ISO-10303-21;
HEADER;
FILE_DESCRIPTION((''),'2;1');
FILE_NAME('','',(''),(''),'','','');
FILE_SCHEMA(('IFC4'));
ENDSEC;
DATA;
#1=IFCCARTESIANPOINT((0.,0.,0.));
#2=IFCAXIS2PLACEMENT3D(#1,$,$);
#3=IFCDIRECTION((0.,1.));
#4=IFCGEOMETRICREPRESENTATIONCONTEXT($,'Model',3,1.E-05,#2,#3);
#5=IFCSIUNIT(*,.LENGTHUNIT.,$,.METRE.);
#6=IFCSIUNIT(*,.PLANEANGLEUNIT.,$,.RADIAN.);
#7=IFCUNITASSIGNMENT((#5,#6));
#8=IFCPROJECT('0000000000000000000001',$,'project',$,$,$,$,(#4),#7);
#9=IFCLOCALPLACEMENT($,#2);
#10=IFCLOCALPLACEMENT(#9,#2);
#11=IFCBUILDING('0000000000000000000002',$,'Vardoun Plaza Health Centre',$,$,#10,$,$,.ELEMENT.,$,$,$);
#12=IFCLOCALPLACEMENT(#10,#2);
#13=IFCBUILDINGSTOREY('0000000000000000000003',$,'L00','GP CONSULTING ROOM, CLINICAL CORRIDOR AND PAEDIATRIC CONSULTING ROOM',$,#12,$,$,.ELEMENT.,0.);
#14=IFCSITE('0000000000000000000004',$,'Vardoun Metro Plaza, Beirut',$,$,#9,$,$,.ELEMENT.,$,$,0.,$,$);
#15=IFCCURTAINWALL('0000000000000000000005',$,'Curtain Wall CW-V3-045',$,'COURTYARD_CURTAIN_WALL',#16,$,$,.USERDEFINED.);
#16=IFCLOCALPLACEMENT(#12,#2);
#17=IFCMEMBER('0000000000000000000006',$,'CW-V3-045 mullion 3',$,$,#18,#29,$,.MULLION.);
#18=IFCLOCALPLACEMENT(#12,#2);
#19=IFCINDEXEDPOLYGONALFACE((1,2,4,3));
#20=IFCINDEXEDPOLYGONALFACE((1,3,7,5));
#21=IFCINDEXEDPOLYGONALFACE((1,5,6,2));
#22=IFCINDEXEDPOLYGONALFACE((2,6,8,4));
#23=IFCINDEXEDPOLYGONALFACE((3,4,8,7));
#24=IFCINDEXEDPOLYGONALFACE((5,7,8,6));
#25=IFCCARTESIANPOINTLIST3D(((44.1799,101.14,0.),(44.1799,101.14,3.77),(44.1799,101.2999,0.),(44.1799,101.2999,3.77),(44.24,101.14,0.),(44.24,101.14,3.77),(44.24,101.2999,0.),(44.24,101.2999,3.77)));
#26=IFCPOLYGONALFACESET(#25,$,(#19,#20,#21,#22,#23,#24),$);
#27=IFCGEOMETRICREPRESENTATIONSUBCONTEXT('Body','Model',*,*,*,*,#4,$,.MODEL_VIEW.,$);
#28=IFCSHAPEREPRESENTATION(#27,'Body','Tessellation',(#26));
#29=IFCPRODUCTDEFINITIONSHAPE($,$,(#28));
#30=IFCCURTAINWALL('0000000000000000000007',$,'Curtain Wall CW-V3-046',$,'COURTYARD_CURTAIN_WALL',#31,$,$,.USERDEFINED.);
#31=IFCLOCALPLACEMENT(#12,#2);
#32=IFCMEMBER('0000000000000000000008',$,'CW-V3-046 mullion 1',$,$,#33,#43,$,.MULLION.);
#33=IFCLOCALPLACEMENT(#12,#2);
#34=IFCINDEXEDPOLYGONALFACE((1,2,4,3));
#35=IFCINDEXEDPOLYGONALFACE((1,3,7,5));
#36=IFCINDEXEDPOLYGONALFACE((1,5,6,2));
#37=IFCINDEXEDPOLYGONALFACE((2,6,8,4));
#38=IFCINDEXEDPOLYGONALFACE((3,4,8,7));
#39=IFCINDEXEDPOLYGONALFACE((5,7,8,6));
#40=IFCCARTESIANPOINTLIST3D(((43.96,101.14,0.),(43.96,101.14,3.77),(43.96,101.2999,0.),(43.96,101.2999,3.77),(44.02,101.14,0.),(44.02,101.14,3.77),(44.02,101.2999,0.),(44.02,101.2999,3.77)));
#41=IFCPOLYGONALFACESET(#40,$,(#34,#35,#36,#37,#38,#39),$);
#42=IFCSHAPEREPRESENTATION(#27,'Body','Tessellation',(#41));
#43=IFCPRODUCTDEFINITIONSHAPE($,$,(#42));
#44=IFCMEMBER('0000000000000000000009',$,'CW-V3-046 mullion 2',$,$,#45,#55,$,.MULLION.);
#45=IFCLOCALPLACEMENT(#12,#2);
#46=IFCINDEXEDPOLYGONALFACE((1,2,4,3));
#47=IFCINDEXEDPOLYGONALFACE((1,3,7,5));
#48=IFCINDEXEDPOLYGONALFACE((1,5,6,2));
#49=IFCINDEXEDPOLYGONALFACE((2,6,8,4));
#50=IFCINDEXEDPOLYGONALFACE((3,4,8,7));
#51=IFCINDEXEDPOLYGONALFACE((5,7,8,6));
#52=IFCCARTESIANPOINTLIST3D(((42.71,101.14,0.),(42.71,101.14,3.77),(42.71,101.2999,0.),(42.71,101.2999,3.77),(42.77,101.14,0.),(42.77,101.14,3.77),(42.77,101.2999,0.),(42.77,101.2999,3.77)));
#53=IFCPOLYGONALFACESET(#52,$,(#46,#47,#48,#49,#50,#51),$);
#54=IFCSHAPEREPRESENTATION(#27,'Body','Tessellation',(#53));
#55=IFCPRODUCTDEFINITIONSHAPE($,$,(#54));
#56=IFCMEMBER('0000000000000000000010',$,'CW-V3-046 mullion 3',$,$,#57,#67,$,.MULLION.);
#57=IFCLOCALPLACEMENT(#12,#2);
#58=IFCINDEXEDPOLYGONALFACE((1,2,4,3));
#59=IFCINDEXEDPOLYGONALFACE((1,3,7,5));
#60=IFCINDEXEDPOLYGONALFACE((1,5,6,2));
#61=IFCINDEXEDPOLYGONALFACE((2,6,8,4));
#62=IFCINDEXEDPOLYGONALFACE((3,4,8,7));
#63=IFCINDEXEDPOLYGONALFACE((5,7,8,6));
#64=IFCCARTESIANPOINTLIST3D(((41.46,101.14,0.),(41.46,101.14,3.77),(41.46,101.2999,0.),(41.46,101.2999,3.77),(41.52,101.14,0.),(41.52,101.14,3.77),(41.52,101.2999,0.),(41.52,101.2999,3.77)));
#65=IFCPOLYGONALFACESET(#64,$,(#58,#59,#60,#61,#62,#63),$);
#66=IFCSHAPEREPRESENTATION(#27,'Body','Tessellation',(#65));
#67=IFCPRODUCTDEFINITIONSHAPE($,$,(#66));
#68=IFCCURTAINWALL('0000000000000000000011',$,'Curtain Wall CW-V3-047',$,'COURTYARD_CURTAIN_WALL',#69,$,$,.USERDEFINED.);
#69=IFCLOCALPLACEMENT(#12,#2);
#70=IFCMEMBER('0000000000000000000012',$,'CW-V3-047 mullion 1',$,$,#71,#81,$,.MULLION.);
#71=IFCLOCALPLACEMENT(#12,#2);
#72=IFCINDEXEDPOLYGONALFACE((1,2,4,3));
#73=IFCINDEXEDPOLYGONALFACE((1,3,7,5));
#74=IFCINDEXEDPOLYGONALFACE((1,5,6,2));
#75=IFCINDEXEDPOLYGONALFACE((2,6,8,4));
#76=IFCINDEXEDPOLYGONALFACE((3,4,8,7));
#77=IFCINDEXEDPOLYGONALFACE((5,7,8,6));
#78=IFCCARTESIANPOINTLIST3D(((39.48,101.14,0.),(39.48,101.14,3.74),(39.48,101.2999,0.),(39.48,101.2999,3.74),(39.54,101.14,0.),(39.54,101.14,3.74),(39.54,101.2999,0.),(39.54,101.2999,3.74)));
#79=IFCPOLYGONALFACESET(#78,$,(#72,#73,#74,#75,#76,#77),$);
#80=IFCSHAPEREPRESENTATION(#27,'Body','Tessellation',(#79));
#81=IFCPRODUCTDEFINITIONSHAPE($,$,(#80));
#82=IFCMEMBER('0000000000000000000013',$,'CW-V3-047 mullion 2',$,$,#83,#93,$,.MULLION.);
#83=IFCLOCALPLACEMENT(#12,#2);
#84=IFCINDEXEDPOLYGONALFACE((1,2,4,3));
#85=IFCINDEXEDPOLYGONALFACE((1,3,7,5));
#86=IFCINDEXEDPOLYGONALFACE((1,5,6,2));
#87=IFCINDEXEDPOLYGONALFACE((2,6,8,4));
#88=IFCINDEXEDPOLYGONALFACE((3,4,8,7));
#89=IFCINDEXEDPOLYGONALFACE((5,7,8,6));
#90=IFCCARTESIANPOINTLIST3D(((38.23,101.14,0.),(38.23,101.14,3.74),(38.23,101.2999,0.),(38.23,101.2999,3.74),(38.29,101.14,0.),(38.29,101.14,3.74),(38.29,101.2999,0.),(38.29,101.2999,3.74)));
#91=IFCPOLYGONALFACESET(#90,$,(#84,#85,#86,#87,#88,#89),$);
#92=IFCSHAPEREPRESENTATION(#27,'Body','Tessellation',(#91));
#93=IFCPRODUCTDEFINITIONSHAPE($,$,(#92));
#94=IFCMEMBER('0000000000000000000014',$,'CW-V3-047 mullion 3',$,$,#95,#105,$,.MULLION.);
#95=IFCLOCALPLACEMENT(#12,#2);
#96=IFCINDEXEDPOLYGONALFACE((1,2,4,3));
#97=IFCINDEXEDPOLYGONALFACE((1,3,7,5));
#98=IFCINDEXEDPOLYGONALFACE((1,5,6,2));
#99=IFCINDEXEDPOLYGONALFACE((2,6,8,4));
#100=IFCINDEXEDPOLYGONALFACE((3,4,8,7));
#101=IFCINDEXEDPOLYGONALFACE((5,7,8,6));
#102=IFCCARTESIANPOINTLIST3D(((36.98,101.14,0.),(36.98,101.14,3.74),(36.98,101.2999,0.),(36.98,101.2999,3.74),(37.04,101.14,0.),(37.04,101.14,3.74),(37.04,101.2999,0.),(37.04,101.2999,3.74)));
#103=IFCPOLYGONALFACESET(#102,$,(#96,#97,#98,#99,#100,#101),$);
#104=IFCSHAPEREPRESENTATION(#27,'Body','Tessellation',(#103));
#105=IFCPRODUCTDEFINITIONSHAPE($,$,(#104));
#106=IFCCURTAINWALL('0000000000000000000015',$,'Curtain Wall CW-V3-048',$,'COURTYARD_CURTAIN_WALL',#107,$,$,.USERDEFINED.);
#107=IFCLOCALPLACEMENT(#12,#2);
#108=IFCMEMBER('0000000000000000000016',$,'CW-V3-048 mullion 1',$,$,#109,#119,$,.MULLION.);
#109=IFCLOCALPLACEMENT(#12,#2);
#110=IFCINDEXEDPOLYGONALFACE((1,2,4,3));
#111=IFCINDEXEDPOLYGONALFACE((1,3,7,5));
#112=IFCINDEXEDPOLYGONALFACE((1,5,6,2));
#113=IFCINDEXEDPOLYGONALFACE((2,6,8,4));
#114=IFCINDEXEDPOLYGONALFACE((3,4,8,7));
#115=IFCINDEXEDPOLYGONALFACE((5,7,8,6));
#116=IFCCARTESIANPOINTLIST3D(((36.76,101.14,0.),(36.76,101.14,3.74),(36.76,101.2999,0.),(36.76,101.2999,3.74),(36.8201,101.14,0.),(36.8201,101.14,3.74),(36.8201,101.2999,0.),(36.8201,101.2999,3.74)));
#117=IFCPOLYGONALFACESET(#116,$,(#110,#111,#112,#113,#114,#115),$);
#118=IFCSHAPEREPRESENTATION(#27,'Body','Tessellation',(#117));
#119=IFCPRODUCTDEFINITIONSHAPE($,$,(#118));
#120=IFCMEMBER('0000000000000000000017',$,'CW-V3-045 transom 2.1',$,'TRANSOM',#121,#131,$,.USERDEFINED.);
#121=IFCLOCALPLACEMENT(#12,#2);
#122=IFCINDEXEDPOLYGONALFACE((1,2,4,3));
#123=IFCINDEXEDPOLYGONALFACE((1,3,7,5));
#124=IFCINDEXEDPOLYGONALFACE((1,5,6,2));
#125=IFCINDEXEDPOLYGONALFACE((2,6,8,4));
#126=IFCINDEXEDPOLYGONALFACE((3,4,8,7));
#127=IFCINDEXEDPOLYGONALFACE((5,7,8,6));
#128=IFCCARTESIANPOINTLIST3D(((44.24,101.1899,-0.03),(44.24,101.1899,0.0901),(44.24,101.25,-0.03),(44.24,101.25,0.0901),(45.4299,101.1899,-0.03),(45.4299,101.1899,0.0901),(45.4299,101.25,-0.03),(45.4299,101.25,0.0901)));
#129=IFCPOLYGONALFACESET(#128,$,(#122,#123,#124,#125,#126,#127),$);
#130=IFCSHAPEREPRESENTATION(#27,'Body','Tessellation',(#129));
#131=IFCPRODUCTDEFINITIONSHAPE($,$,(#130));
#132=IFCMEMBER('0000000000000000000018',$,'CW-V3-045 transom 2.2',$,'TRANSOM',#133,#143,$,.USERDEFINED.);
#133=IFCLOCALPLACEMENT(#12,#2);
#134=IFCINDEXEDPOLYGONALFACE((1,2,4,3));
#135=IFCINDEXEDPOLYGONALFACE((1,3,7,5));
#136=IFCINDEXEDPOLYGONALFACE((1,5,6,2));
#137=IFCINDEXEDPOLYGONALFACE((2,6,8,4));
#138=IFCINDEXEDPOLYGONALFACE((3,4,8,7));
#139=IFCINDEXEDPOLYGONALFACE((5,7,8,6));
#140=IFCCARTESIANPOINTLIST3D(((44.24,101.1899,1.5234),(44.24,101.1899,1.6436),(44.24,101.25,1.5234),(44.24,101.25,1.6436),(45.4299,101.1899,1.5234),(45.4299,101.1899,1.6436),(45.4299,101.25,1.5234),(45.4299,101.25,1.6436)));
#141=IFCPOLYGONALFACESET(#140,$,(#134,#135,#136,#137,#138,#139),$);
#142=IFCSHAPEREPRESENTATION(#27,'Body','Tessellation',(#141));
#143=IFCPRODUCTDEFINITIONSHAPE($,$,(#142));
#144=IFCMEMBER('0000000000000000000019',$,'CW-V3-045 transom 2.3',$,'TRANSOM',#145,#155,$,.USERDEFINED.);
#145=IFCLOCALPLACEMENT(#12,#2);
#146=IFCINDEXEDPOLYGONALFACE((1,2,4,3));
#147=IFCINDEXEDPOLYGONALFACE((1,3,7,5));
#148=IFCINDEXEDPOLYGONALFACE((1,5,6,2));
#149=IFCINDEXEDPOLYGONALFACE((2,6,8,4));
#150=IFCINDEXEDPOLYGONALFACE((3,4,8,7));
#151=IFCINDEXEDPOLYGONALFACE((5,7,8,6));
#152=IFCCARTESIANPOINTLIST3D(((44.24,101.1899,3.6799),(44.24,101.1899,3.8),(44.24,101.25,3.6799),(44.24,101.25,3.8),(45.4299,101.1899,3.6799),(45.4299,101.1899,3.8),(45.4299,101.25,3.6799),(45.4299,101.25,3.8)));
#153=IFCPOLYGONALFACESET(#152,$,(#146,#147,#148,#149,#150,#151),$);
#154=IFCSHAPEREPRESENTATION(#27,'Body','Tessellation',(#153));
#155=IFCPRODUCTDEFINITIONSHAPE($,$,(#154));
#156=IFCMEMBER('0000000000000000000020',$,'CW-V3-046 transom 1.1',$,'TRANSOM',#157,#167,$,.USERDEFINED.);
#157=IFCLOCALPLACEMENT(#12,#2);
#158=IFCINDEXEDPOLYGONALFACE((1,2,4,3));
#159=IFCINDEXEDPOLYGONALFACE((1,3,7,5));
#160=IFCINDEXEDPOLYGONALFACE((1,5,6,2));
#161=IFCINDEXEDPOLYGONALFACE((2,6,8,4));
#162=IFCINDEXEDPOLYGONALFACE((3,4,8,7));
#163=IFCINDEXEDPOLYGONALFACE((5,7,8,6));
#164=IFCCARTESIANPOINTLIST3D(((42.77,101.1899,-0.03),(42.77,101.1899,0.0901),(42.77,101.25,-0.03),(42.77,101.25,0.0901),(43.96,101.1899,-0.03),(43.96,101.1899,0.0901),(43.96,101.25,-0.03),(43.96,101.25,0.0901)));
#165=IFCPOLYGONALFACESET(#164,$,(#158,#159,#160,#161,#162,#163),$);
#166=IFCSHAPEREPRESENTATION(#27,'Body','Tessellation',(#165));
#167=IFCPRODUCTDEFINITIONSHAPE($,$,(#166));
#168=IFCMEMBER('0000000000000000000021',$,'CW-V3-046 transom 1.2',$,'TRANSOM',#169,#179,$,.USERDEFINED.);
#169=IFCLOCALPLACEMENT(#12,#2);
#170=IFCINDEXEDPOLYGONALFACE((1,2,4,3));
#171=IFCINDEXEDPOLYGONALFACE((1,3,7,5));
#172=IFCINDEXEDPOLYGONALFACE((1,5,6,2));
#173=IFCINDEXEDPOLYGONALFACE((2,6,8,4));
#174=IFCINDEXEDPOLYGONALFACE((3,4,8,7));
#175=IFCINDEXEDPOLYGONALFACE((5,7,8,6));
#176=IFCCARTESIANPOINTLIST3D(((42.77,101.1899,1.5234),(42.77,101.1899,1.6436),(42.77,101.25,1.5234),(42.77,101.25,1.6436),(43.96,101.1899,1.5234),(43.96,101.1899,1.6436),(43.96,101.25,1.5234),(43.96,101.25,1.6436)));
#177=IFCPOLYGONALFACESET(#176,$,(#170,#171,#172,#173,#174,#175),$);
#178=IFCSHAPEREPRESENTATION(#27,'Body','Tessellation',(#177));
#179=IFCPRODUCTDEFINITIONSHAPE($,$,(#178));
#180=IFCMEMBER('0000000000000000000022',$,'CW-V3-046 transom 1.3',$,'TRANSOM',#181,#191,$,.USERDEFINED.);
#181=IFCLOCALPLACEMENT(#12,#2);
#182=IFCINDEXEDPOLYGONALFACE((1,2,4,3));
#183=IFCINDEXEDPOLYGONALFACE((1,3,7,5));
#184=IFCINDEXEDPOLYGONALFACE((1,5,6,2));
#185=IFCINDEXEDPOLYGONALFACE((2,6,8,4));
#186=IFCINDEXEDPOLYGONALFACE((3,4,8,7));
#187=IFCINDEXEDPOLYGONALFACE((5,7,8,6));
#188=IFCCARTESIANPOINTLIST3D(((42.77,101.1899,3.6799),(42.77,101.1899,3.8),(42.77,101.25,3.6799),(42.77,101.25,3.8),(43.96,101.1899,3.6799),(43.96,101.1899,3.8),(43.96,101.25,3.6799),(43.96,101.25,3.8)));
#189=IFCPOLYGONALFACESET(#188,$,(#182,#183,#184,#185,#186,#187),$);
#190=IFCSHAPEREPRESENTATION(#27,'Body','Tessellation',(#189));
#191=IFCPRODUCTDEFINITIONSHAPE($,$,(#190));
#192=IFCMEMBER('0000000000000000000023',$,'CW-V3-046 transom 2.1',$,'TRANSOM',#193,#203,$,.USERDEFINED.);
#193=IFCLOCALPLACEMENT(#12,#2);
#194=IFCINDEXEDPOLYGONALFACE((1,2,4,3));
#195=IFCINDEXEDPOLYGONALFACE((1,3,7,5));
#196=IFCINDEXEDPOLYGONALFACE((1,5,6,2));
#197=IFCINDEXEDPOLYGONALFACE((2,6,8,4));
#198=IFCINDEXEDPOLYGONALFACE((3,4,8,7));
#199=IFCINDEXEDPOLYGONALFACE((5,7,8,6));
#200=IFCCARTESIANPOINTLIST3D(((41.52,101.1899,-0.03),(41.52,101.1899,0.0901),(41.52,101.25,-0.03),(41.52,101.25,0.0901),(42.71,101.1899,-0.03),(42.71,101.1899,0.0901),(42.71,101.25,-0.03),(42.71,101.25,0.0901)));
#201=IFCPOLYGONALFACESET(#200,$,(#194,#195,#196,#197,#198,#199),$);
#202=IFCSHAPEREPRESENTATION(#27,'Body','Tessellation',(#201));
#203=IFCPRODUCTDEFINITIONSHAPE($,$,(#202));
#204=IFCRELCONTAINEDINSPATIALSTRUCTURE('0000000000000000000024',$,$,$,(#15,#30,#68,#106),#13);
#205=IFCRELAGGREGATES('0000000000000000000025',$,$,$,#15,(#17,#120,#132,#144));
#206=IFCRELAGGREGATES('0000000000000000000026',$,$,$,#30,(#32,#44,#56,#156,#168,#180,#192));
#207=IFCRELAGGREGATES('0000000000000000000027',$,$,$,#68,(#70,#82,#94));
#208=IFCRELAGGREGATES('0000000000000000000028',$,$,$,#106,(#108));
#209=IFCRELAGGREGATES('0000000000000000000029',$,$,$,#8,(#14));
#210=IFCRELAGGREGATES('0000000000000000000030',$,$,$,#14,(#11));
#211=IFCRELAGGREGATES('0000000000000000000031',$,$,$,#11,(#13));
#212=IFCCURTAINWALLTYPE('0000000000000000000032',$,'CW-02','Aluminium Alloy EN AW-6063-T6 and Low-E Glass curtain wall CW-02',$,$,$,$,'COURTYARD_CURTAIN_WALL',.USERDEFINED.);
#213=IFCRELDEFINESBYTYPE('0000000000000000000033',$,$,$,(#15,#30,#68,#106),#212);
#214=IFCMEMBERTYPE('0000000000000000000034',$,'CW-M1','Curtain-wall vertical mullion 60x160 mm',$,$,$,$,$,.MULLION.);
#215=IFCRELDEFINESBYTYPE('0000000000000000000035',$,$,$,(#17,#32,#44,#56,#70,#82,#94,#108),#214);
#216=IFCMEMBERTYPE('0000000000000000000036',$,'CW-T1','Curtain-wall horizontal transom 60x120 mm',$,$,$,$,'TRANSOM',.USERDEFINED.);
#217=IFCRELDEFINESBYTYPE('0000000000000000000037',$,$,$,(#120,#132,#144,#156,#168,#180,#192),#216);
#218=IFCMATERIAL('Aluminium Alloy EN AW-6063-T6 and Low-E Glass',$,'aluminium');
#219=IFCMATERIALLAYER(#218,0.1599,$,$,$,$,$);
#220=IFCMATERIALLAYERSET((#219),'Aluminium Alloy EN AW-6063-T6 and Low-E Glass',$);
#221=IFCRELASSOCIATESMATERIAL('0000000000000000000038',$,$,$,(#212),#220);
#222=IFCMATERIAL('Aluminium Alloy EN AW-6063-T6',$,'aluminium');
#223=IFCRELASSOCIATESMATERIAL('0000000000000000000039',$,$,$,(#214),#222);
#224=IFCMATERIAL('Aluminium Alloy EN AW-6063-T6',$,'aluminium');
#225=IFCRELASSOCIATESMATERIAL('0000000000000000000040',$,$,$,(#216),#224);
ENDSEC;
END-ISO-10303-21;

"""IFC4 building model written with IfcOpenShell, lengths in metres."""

from ifc_helpers import new_model, si_unit, direction, frame, origin, origin_2d, place, context, subcontext, project, spatial, rectangle, extrude, material, layer, layer_set, material_profile, profile_set, type_object, element, aggregate, save


model = new_model("IFC4")

# Units and contexts
model_context = context("Model", 3, precision=1e-05, world=origin(), true_north=direction((0.0, 1.0)))
body_context = subcontext(model_context, "Body", "Model", "MODEL_VIEW")
ifc_project = project(units=[si_unit("LENGTHUNIT", "METRE"), si_unit("PLANEANGLEUNIT", "RADIAN")], contexts=[model_context])

# Site, building, storey
site_placement = place(None, origin())
site = spatial("IfcSite", under=ifc_project, at=site_placement, Name="Vardoun Metro Plaza, Beirut", CompositionType="ELEMENT", RefElevation=0.0)
building_placement = place(site_placement, origin())
building = spatial("IfcBuilding", under=site, at=building_placement, Name="Vardoun Plaza Health Centre", CompositionType="ELEMENT")
storey_placement = place(building_placement, origin())
storey = spatial("IfcBuildingStorey", under=building, at=storey_placement, Name="L00", Description="GP CONSULTING ROOM, CLINICAL CORRIDOR AND PAEDIATRIC CONSULTING ROOM", CompositionType="ELEMENT", Elevation=0.0)

# Curtain wall, member
ifc_material_1 = material(Name="Aluminium Alloy EN AW-6063-T6 and Low-E Glass", Category="aluminium")
ifc_layer_1 = layer(ifc_material_1, 0.1599)
ifc_layer_set_1 = layer_set([ifc_layer_1], Name="Aluminium Alloy EN AW-6063-T6 and Low-E Glass")
curtain_wall_type = type_object("IfcCurtainWallType", Name="CW-02", Description="Aluminium Alloy EN AW-6063-T6 and Low-E Glass curtain wall CW-02", ElementType="COURTYARD_CURTAIN_WALL", PredefinedType="USERDEFINED", material=ifc_layer_set_1)
curtain_wall_1_placement = place(storey_placement, origin())
curtain_wall_1 = element("IfcCurtainWall", 1, at=curtain_wall_1_placement, inside=storey, type_object=curtain_wall_type, Name="Curtain Wall CW-V3-045", ObjectType="COURTYARD_CURTAIN_WALL", PredefinedType="USERDEFINED")
ifc_material_2 = material(Name="Aluminium Alloy EN AW-6063-T6", Category="aluminium")
ifc_material_profile_1 = material_profile(ifc_material_2, rectangle(XDim=0.1599, YDim=0.0601, at=origin_2d()), Name="CWM 60x160")
ifc_profile_set_1 = profile_set([ifc_material_profile_1], Name="Aluminium Alloy EN AW-6063-T6")
member_type_1 = type_object("IfcMemberType", Name="CW-M1", Description="Curtain-wall vertical mullion 60x160 mm", PredefinedType="MULLION", material=ifc_profile_set_1)
member_1_placement = place(storey_placement, frame((44.21, 101.22, 0.0), z_axis=(0.0, 0.0, 1.0), x_axis=(0.0, -1.0, 0.0)))
member_1 = element("IfcMember", 2, at=member_1_placement, type_object=member_type_1, Name="CW-V3-045 mullion 3", PredefinedType="MULLION", context=body_context, shape_type="SweptSolid", body=[
    extrude(rectangle(XDim=0.1599, YDim=0.0601, at=origin_2d()), origin(), (0.0, 0.0, 1.0), 3.77),
])

# Curtain walls, members
curtain_wall_2_placement = place(storey_placement, origin())
curtain_wall_2 = element("IfcCurtainWall", 3, at=curtain_wall_2_placement, inside=storey, type_object=curtain_wall_type, Name="Curtain Wall CW-V3-046", ObjectType="COURTYARD_CURTAIN_WALL", PredefinedType="USERDEFINED")
member_2_placement = place(storey_placement, frame((43.99, 101.22, 0.0), z_axis=(0.0, 0.0, 1.0), x_axis=(0.0, -1.0, 0.0)))
member_2 = element("IfcMember", 4, at=member_2_placement, type_object=member_type_1, Name="CW-V3-046 mullion 1", PredefinedType="MULLION", context=body_context, shape_type="SweptSolid", body=[
    extrude(rectangle(XDim=0.1599, YDim=0.0601, at=origin_2d()), origin(), (0.0, 0.0, 1.0), 3.77),
])
member_3_placement = place(storey_placement, frame((42.74, 101.22, 0.0), z_axis=(0.0, 0.0, 1.0), x_axis=(0.0, -1.0, 0.0)))
member_3 = element("IfcMember", 5, at=member_3_placement, type_object=member_type_1, Name="CW-V3-046 mullion 2", PredefinedType="MULLION", context=body_context, shape_type="SweptSolid", body=[
    extrude(rectangle(XDim=0.1599, YDim=0.0601, at=origin_2d()), origin(), (0.0, 0.0, 1.0), 3.77),
])
member_4_placement = place(storey_placement, frame((41.49, 101.22, 0.0), z_axis=(0.0, 0.0, 1.0), x_axis=(0.0, -1.0, 0.0)))
member_4 = element("IfcMember", 6, at=member_4_placement, type_object=member_type_1, Name="CW-V3-046 mullion 3", PredefinedType="MULLION", context=body_context, shape_type="SweptSolid", body=[
    extrude(rectangle(XDim=0.1599, YDim=0.0601, at=origin_2d()), origin(), (0.0, 0.0, 1.0), 3.77),
])
curtain_wall_3_placement = place(storey_placement, origin())
curtain_wall_3 = element("IfcCurtainWall", 7, at=curtain_wall_3_placement, inside=storey, type_object=curtain_wall_type, Name="Curtain Wall CW-V3-047", ObjectType="COURTYARD_CURTAIN_WALL", PredefinedType="USERDEFINED")
member_5_placement = place(storey_placement, frame((39.51, 101.22, 0.0), z_axis=(0.0, 0.0, 1.0), x_axis=(0.0, -1.0, 0.0)))
member_5 = element("IfcMember", 8, at=member_5_placement, type_object=member_type_1, Name="CW-V3-047 mullion 1", PredefinedType="MULLION", context=body_context, shape_type="SweptSolid", body=[
    extrude(rectangle(XDim=0.1599, YDim=0.0601, at=origin_2d()), origin(), (0.0, 0.0, 1.0), 3.74),
])
member_6_placement = place(storey_placement, frame((38.26, 101.22, 0.0), z_axis=(0.0, 0.0, 1.0), x_axis=(0.0, -1.0, 0.0)))
member_6 = element("IfcMember", 9, at=member_6_placement, type_object=member_type_1, Name="CW-V3-047 mullion 2", PredefinedType="MULLION", context=body_context, shape_type="SweptSolid", body=[
    extrude(rectangle(XDim=0.1599, YDim=0.0601, at=origin_2d()), origin(), (0.0, 0.0, 1.0), 3.74),
])
member_7_placement = place(storey_placement, frame((37.01, 101.22, 0.0), z_axis=(0.0, 0.0, 1.0), x_axis=(0.0, -1.0, 0.0)))
member_7 = element("IfcMember", 10, at=member_7_placement, type_object=member_type_1, Name="CW-V3-047 mullion 3", PredefinedType="MULLION", context=body_context, shape_type="SweptSolid", body=[
    extrude(rectangle(XDim=0.1599, YDim=0.0601, at=origin_2d()), origin(), (0.0, 0.0, 1.0), 3.74),
])

# Curtain wall, member
curtain_wall_4_placement = place(storey_placement, origin())
curtain_wall_4 = element("IfcCurtainWall", 11, at=curtain_wall_4_placement, inside=storey, type_object=curtain_wall_type, Name="Curtain Wall CW-V3-048", ObjectType="COURTYARD_CURTAIN_WALL", PredefinedType="USERDEFINED")
member_8_placement = place(storey_placement, frame((36.79, 101.22, 0.0), z_axis=(0.0, 0.0, 1.0), x_axis=(0.0, -1.0, 0.0)))
member_8 = element("IfcMember", 12, at=member_8_placement, type_object=member_type_1, Name="CW-V3-048 mullion 1", PredefinedType="MULLION", context=body_context, shape_type="SweptSolid", body=[
    extrude(rectangle(XDim=0.1599, YDim=0.0601, at=origin_2d()), origin(), (0.0, 0.0, 1.0), 3.74),
])

# Members
ifc_material_3 = material(Name="Aluminium Alloy EN AW-6063-T6", Category="aluminium")
ifc_material_profile_2 = material_profile(ifc_material_3, rectangle(XDim=0.0601, YDim=0.1201, at=origin_2d()), Name="CWT 60x120")
ifc_profile_set_2 = profile_set([ifc_material_profile_2], Name="Aluminium Alloy EN AW-6063-T6")
member_type_2 = type_object("IfcMemberType", Name="CW-T1", Description="Curtain-wall horizontal transom 60x120 mm", ElementType="TRANSOM", PredefinedType="USERDEFINED", material=ifc_profile_set_2)
member_9_placement = place(storey_placement, frame((45.4299, 101.22, 0.03), z_axis=(-1.0, 0.0, 0.0), x_axis=(0.0, -1.0, 0.0)))
member_9 = element("IfcMember", 13, at=member_9_placement, type_object=member_type_2, Name="CW-V3-045 transom 2.1", ObjectType="TRANSOM", PredefinedType="USERDEFINED", context=body_context, shape_type="SweptSolid", body=[
    extrude(rectangle(XDim=0.0601, YDim=0.1201, at=origin_2d()), origin(), (0.0, 0.0, 1.0), 1.1899),
])
member_10_placement = place(storey_placement, frame((45.4299, 101.22, 1.5835), z_axis=(-1.0, 0.0, 0.0), x_axis=(0.0, -1.0, 0.0)))
member_10 = element("IfcMember", 14, at=member_10_placement, type_object=member_type_2, Name="CW-V3-045 transom 2.2", ObjectType="TRANSOM", PredefinedType="USERDEFINED", context=body_context, shape_type="SweptSolid", body=[
    extrude(rectangle(XDim=0.0601, YDim=0.1201, at=origin_2d()), origin(), (0.0, 0.0, 1.0), 1.1899),
])
member_11_placement = place(storey_placement, frame((45.4299, 101.22, 3.74), z_axis=(-1.0, 0.0, 0.0), x_axis=(0.0, -1.0, 0.0)))
member_11 = element("IfcMember", 15, at=member_11_placement, type_object=member_type_2, Name="CW-V3-045 transom 2.3", ObjectType="TRANSOM", PredefinedType="USERDEFINED", context=body_context, shape_type="SweptSolid", body=[
    extrude(rectangle(XDim=0.0601, YDim=0.1201, at=origin_2d()), origin(), (0.0, 0.0, 1.0), 1.1899),
])
member_12_placement = place(storey_placement, frame((43.96, 101.22, 0.03), z_axis=(-1.0, 0.0, 0.0), x_axis=(0.0, -1.0, 0.0)))
member_12 = element("IfcMember", 16, at=member_12_placement, type_object=member_type_2, Name="CW-V3-046 transom 1.1", ObjectType="TRANSOM", PredefinedType="USERDEFINED", context=body_context, shape_type="SweptSolid", body=[
    extrude(rectangle(XDim=0.0601, YDim=0.1201, at=origin_2d()), origin(), (0.0, 0.0, 1.0), 1.1899),
])
member_13_placement = place(storey_placement, frame((43.96, 101.22, 1.5835), z_axis=(-1.0, 0.0, 0.0), x_axis=(0.0, -1.0, 0.0)))
member_13 = element("IfcMember", 17, at=member_13_placement, type_object=member_type_2, Name="CW-V3-046 transom 1.2", ObjectType="TRANSOM", PredefinedType="USERDEFINED", context=body_context, shape_type="SweptSolid", body=[
    extrude(rectangle(XDim=0.0601, YDim=0.1201, at=origin_2d()), origin(), (0.0, 0.0, 1.0), 1.1899),
])
member_14_placement = place(storey_placement, frame((43.96, 101.22, 3.74), z_axis=(-1.0, 0.0, 0.0), x_axis=(0.0, -1.0, 0.0)))
member_14 = element("IfcMember", 18, at=member_14_placement, type_object=member_type_2, Name="CW-V3-046 transom 1.3", ObjectType="TRANSOM", PredefinedType="USERDEFINED", context=body_context, shape_type="SweptSolid", body=[
    extrude(rectangle(XDim=0.0601, YDim=0.1201, at=origin_2d()), origin(), (0.0, 0.0, 1.0), 1.1899),
])
member_15_placement = place(storey_placement, frame((42.71, 101.22, 0.03), z_axis=(-1.0, 0.0, 0.0), x_axis=(0.0, -1.0, 0.0)))
member_15 = element("IfcMember", 19, at=member_15_placement, type_object=member_type_2, Name="CW-V3-046 transom 2.1", ObjectType="TRANSOM", PredefinedType="USERDEFINED", context=body_context, shape_type="SweptSolid", body=[
    extrude(rectangle(XDim=0.0601, YDim=0.1201, at=origin_2d()), origin(), (0.0, 0.0, 1.0), 1.1899),
])

aggregate(curtain_wall_1, [member_1, member_9, member_10, member_11])
aggregate(curtain_wall_2, [member_2, member_3, member_4, member_12, member_13, member_14, member_15])
aggregate(curtain_wall_3, [member_5, member_6, member_7])
aggregate(curtain_wall_4, [member_8])

save(model, "model.ifc")
